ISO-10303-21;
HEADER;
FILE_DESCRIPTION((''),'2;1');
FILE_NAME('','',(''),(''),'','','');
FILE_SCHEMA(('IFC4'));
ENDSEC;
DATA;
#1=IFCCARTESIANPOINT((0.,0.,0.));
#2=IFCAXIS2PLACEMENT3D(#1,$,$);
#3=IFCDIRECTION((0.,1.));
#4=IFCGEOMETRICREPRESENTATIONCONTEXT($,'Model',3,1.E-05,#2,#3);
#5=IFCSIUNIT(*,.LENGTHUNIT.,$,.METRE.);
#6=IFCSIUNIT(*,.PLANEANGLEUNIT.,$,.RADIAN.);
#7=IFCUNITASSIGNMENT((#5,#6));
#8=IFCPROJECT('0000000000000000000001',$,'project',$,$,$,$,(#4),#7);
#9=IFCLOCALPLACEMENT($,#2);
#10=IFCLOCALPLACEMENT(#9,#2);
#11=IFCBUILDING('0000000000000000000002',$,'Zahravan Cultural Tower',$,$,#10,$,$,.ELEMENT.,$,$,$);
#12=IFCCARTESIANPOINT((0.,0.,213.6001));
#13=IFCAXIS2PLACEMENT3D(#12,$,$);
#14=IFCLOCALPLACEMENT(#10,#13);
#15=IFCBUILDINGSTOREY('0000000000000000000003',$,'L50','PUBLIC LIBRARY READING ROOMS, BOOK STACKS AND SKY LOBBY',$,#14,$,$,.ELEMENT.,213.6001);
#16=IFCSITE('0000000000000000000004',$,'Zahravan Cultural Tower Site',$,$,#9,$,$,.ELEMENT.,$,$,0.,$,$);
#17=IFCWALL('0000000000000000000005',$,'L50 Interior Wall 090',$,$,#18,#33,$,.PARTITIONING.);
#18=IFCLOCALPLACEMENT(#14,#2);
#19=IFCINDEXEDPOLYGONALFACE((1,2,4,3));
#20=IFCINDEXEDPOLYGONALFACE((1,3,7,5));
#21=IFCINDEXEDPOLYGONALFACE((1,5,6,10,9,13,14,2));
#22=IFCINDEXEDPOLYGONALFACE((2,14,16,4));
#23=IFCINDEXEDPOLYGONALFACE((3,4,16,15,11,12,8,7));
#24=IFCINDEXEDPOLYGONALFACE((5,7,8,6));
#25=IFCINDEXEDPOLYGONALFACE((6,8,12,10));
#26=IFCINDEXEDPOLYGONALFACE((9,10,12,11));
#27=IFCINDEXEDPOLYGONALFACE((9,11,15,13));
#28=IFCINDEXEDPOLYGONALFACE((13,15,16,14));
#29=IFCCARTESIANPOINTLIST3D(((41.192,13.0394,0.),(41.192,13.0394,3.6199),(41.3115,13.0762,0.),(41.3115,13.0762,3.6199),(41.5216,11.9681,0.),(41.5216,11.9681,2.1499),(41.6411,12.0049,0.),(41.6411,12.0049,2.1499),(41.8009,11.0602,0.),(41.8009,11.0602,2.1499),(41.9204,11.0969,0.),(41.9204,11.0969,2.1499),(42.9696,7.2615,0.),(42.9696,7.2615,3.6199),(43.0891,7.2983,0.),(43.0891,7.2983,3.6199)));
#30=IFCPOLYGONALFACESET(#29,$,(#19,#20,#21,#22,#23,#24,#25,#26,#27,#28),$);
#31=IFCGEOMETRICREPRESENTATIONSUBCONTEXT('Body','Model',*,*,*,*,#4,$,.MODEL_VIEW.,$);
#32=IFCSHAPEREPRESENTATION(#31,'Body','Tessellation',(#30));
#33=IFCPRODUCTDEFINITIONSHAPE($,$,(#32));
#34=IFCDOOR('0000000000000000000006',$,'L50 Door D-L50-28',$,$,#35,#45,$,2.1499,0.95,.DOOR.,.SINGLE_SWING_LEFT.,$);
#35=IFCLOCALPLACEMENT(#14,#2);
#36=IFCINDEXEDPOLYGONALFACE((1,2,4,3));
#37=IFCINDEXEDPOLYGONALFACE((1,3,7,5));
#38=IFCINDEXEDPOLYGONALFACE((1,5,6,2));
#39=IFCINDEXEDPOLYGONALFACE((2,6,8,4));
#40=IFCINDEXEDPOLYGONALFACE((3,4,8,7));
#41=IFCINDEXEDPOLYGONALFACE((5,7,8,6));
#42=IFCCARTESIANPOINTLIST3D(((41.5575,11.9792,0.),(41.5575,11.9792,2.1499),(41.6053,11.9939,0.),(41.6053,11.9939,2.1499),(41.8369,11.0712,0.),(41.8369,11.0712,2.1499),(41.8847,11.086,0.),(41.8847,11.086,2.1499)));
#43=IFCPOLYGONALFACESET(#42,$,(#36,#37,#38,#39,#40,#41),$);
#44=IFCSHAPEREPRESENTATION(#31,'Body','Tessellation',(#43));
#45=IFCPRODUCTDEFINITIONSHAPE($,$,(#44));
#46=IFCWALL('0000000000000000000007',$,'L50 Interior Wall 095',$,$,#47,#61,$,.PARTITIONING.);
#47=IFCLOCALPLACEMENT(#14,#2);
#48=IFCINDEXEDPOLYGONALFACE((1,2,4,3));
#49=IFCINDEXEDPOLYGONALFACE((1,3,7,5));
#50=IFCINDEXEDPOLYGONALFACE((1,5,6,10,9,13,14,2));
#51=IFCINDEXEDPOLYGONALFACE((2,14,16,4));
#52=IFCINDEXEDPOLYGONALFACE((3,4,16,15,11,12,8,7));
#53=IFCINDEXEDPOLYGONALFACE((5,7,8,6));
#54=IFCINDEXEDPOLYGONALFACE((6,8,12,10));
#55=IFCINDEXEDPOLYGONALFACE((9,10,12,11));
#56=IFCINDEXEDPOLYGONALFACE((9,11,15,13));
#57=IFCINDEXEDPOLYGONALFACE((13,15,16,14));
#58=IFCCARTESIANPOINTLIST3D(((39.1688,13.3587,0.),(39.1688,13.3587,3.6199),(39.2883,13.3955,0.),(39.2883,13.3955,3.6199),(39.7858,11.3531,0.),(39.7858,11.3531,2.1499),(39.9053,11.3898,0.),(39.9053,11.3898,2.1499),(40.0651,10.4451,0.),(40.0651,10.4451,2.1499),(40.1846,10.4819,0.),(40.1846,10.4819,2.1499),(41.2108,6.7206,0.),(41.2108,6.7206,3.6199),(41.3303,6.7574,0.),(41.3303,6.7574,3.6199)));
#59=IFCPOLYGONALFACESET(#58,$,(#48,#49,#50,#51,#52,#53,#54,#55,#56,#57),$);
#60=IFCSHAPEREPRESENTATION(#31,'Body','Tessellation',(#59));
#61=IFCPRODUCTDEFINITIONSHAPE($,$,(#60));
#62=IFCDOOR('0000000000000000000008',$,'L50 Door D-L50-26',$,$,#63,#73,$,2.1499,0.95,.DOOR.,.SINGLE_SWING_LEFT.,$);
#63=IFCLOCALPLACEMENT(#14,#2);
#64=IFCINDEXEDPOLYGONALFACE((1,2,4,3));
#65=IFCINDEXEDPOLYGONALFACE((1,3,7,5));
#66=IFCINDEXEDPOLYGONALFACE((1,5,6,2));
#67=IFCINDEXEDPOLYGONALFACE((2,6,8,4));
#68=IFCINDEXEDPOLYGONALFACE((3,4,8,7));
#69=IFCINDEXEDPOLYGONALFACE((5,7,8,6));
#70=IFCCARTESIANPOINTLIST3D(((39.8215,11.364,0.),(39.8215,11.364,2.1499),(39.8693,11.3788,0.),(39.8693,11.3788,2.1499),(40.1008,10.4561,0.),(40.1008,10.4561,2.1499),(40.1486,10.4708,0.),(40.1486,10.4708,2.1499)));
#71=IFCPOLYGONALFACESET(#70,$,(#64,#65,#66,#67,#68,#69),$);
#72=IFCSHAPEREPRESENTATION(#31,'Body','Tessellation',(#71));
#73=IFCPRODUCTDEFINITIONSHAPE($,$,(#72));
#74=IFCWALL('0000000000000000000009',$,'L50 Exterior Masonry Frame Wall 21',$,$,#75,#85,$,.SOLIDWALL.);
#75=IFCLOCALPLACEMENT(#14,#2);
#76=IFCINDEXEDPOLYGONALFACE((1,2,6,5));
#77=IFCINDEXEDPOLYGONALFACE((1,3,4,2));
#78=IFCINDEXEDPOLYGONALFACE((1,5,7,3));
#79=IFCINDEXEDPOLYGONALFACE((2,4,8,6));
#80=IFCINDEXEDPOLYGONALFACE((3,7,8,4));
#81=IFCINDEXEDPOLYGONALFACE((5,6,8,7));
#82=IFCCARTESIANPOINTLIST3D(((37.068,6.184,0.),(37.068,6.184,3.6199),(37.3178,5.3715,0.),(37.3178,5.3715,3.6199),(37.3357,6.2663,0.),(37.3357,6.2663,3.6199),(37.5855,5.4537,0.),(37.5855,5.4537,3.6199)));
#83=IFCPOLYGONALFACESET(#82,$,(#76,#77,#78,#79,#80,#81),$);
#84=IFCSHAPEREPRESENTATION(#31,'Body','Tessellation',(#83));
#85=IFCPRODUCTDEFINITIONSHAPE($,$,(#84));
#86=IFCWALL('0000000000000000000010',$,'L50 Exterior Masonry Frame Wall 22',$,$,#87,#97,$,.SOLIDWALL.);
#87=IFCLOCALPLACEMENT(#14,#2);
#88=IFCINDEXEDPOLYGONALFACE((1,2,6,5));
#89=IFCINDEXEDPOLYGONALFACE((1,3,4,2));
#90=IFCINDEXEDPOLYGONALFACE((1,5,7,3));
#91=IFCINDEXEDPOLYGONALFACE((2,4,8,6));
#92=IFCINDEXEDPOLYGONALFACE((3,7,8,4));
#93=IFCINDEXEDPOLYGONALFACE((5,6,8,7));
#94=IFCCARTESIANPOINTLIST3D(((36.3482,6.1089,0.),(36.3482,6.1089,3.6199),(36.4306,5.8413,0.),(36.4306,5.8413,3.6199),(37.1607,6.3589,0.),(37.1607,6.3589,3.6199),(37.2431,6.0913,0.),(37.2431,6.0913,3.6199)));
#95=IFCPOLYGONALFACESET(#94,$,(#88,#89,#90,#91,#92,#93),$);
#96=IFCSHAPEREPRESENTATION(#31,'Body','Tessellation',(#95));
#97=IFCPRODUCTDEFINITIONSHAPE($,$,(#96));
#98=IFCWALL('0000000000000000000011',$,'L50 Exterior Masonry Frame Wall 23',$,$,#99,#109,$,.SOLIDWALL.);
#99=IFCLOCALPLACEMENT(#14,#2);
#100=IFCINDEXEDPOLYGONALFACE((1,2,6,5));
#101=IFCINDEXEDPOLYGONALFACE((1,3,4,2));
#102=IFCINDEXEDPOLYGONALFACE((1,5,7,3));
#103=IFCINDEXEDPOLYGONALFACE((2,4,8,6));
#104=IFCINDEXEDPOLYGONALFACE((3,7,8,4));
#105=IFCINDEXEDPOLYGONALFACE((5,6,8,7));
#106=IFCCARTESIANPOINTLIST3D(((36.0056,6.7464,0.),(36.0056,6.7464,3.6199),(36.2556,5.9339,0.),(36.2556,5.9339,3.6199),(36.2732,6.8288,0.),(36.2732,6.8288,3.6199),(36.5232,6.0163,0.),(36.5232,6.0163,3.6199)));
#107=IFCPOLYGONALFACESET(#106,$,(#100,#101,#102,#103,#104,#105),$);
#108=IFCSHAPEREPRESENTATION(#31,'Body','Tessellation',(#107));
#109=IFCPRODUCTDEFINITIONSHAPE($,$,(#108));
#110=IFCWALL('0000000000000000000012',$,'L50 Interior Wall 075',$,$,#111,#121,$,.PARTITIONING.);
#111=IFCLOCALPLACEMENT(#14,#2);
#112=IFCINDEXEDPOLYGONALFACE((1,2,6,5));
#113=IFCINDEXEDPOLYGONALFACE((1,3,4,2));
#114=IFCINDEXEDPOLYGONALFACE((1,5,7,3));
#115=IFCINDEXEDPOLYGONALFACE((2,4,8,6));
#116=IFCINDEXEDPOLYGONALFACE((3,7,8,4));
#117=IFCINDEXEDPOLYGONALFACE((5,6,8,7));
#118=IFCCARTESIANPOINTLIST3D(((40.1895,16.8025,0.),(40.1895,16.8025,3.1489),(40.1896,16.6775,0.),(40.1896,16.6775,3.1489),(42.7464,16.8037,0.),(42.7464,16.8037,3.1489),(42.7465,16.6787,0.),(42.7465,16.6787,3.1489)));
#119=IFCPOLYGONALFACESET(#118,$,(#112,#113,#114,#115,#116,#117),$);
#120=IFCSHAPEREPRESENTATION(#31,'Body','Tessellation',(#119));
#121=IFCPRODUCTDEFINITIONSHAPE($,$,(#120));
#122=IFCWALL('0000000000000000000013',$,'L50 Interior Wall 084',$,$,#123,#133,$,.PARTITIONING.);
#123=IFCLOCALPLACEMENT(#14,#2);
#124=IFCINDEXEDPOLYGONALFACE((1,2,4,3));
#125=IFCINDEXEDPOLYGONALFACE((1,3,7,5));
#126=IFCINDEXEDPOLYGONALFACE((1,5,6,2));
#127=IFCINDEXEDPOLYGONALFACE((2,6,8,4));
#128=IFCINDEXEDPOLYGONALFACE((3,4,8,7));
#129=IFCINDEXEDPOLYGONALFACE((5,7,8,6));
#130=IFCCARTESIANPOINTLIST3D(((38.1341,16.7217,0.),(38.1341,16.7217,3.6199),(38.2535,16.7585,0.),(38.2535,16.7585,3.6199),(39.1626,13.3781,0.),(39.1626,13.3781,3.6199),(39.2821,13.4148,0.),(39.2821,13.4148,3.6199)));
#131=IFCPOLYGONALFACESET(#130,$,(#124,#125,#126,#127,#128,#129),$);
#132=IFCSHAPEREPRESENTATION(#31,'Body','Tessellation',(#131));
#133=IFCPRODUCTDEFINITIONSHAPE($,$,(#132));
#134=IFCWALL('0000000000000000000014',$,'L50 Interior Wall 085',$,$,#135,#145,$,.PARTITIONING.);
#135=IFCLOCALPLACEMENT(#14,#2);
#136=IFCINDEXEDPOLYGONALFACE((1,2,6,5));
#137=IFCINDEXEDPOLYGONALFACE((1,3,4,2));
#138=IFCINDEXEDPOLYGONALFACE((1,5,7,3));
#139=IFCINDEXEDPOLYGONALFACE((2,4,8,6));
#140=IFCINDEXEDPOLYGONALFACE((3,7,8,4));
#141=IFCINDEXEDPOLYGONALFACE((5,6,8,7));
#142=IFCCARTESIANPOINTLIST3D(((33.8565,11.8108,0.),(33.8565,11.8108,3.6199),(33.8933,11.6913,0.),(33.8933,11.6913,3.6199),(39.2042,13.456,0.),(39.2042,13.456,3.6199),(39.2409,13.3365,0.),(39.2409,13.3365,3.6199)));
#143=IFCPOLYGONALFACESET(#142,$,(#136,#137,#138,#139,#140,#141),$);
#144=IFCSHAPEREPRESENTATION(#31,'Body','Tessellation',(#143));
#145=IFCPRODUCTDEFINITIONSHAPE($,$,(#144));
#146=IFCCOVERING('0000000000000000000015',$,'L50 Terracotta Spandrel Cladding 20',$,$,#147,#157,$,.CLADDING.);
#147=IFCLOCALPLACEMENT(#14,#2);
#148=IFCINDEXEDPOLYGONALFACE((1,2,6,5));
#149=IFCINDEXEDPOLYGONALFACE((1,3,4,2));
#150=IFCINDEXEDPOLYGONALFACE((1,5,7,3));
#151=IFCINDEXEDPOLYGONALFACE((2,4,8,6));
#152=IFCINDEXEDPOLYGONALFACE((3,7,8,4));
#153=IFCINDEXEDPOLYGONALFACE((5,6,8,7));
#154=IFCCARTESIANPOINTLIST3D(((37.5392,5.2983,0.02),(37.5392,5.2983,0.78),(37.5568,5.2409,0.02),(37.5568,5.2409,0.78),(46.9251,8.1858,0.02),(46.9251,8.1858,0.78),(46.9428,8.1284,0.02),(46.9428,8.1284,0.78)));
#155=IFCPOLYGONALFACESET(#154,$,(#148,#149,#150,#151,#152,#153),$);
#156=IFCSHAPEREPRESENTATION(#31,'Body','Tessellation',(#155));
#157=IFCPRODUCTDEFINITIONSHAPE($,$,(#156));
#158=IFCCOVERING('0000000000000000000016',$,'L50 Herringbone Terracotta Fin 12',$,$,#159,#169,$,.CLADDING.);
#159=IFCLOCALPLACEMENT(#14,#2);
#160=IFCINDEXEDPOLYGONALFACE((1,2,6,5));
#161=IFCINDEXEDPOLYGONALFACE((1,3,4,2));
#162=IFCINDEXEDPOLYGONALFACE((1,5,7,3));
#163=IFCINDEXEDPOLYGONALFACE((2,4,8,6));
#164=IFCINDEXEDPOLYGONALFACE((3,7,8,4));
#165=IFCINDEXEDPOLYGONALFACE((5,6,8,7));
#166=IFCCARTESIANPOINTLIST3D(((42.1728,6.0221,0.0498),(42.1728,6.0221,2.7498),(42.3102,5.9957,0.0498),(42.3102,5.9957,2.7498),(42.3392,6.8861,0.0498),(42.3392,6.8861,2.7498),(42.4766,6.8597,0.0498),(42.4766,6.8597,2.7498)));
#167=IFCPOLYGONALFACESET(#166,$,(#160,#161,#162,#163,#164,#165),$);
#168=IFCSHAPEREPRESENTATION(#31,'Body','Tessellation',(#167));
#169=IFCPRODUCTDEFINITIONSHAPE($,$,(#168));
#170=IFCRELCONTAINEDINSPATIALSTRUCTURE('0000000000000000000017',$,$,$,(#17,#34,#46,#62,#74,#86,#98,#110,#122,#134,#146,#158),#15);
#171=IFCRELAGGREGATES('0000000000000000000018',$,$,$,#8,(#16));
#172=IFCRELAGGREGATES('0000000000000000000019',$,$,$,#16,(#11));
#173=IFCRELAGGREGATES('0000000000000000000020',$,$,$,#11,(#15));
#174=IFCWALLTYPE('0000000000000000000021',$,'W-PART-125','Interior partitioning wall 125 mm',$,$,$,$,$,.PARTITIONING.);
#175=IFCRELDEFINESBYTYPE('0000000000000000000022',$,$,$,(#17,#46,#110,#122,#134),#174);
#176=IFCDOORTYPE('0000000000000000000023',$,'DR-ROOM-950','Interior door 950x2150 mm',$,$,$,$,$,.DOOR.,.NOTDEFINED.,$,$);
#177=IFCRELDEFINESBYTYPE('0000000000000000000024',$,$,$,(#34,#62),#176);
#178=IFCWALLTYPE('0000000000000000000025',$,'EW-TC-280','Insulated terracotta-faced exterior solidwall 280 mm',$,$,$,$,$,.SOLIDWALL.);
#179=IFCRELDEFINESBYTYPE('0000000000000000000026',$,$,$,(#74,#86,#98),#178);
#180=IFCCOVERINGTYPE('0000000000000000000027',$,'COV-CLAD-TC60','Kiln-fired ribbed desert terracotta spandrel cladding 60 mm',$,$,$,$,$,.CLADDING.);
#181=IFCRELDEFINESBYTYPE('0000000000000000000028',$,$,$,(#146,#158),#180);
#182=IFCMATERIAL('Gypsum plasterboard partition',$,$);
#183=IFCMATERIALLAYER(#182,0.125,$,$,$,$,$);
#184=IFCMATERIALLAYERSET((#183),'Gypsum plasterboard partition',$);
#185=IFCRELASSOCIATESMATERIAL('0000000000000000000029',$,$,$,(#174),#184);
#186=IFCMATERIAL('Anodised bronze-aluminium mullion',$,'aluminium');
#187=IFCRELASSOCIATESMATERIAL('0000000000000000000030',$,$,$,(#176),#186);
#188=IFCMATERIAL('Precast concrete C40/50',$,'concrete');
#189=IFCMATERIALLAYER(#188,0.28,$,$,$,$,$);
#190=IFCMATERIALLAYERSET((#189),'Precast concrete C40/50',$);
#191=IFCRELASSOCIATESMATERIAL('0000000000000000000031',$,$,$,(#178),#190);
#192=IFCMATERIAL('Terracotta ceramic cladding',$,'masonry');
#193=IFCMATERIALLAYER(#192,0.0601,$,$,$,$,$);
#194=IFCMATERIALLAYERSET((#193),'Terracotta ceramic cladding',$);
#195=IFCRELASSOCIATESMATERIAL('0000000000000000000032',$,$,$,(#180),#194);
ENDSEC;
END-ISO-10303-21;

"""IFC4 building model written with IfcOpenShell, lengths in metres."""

from ifc_helpers import new_model, si_unit, direction, frame, frame_2d, origin, origin_2d, place, context, subcontext, project, spatial, rectangle, extrude, source, transform, mapped, material, layer, layer_set, type_object, element, fill, save


model = new_model("IFC4")

# Units and contexts
model_context = context("Model", 3, precision=1e-05, world=origin(), true_north=direction((0.0, 1.0)))
body_context = subcontext(model_context, "Body", "Model", "MODEL_VIEW")
ifc_project = project(units=[si_unit("LENGTHUNIT", "METRE"), si_unit("PLANEANGLEUNIT", "RADIAN")], contexts=[model_context])

# Site, building, storey
site_placement = place(None, origin())
site = spatial("IfcSite", under=ifc_project, at=site_placement, Name="Zahravan Cultural Tower Site", CompositionType="ELEMENT", RefElevation=0.0)
building_placement = place(site_placement, origin())
building = spatial("IfcBuilding", under=site, at=building_placement, Name="Zahravan Cultural Tower", CompositionType="ELEMENT")
storey_placement = place(building_placement, frame((0.0, 0.0, 213.6001)))
storey = spatial("IfcBuildingStorey", under=building, at=storey_placement, Name="L50", Description="PUBLIC LIBRARY READING ROOMS, BOOK STACKS AND SKY LOBBY", CompositionType="ELEMENT", Elevation=213.6001)

# Walls, openings, doors
ifc_material_1 = material(Name="Gypsum plasterboard partition")
ifc_layer_1 = layer(ifc_material_1, 0.125)
ifc_layer_set_1 = layer_set([ifc_layer_1], Name="Gypsum plasterboard partition")
wall_type_1 = type_object("IfcWallType", Name="W-PART-125", Description="Interior partitioning wall 125 mm", PredefinedType="PARTITIONING", material=ifc_layer_set_1)
ifc_material_2 = material(Name="Anodised bronze-aluminium mullion", Category="aluminium")
door_type_1 = type_object("IfcDoorType", Name="DR-ROOM-950", Description="Interior door 950x2150 mm", OperationType="NOTDEFINED", PredefinedType="DOOR", material=ifc_material_2)
shared_shape_1 = source(origin(), body_context, "Body", "SweptSolid", [
    extrude(rectangle(XDim=0.95, YDim=2.1499, at=frame_2d((0.4751, 1.075))), frame((0.0, 0.0249, 0.0), z_axis=(0.0, -1.0, 0.0), x_axis=(1.0, 0.0, 0.0)), (0.0, 0.0, 1.0), 0.05),
])
wall_1_placement = place(storey_placement, frame((43.0293, 7.28, 0.0), z_axis=(0.0, 0.0, 1.0), x_axis=(-0.294055, 0.955789, 0.0)))
wall_1 = element("IfcWall", 1, at=wall_1_placement, inside=storey, type_object=wall_type_1, Name="L50 Interior Wall 090", PredefinedType="PARTITIONING", context=body_context, shape_type="SweptSolid", body=[
    extrude(rectangle(XDim=6.0452, YDim=0.125, at=frame_2d((3.0225, 0.0))), origin(), (0.0, 0.0, 1.0), 3.6199),
])
opening_1_placement = place(wall_1_placement, frame((3.9741, 0.0, 0.0)))
opening_1 = element("IfcOpeningElement", 2, at=opening_1_placement, cuts=wall_1, PredefinedType="OPENING", context=body_context, shape_type="SweptSolid", body=[
    extrude(rectangle(XDim=0.95, YDim=2.1499, at=frame_2d((0.4751, 1.075))), frame((0.0, 0.0725, 0.0), z_axis=(0.0, -1.0, 0.0), x_axis=(1.0, 0.0, 0.0)), (0.0, 0.0, 1.0), 0.145),
])
door_1_placement = place(opening_1_placement, origin())
door_1 = element("IfcDoor", 3, at=door_1_placement, inside=storey, type_object=door_type_1, Name="L50 Door D-L50-28", OperationType="SINGLE_SWING_LEFT", OverallHeight=2.1499, OverallWidth=0.95, PredefinedType="DOOR", context=body_context, shape_type="MappedRepresentation", body=[
    mapped(shared_shape_1, transform((0.0, 0.0, 0.0), x_axis=(1.0, 0.0, 0.0), y_axis=(0.0, 1.0, 0.0), z_axis=(0.0, 0.0, 1.0), scale=1.0)),
])
fill(opening_1, door_1)
wall_2_placement = place(storey_placement, frame((39.2285, 13.3772, 0.0), z_axis=(0.0, 0.0, 1.0), x_axis=(0.294017, -0.9558, 0.0)))
wall_2 = element("IfcWall", 4, at=wall_2_placement, inside=storey, type_object=wall_type_1, Name="L50 Interior Wall 095", PredefinedType="PARTITIONING", context=body_context, shape_type="SweptSolid", body=[
    extrude(rectangle(XDim=6.9451, YDim=0.125, at=frame_2d((3.4727, 0.0))), origin(), (0.0, 0.0, 1.0), 3.6199),
])
opening_2_placement = place(wall_2_placement, frame((2.0984, 0.0, 0.0)))
opening_2 = element("IfcOpeningElement", 5, at=opening_2_placement, cuts=wall_2, PredefinedType="OPENING", context=body_context, shape_type="SweptSolid", body=[
    extrude(rectangle(XDim=0.95, YDim=2.1499, at=frame_2d((0.4751, 1.075))), frame((0.0, 0.0725, 0.0), z_axis=(0.0, -1.0, 0.0), x_axis=(1.0, 0.0, 0.0)), (0.0, 0.0, 1.0), 0.145),
])
door_2_placement = place(opening_2_placement, origin())
door_2 = element("IfcDoor", 6, at=door_2_placement, inside=storey, type_object=door_type_1, Name="L50 Door D-L50-26", OperationType="SINGLE_SWING_LEFT", OverallHeight=2.1499, OverallWidth=0.95, PredefinedType="DOOR", context=body_context, shape_type="MappedRepresentation", body=[
    mapped(shared_shape_1, transform((0.0, 0.0, 0.0), x_axis=(1.0, 0.0, 0.0), y_axis=(0.0, 1.0, 0.0), z_axis=(0.0, 0.0, 1.0), scale=1.0)),
])
fill(opening_2, door_2)

# Walls
ifc_material_3 = material(Name="Precast concrete C40/50", Category="concrete")
ifc_layer_2 = layer(ifc_material_3, 0.28)
ifc_layer_set_2 = layer_set([ifc_layer_2], Name="Precast concrete C40/50")
wall_type_2 = type_object("IfcWallType", Name="EW-TC-280", Description="Insulated terracotta-faced exterior solidwall 280 mm", PredefinedType="SOLIDWALL", material=ifc_layer_set_2)
shared_shape_2 = source(origin(), body_context, "Body", "SweptSolid", [
    extrude(rectangle(XDim=0.8501, YDim=0.28, at=frame_2d((0.425, 0.0))), origin(), (0.0, 0.0, 1.0), 3.6199),
])
for number, where, z_axis, x_axis, name in (
    (7, (37.4517, 5.4126, 0.0), (0.0, 0.0, 1.0), (-0.293823, 0.95586, 0.0), "L50 Exterior Masonry Frame Wall 21"),
    (8, (37.2019, 6.2251, 0.0), (0.0, 0.0, 1.0), (-0.955779, -0.294086, 0.0), "L50 Exterior Masonry Frame Wall 22"),
    (9, (36.3894, 5.9751, 0.0), (0.0, 0.0, 1.0), (-0.294086, 0.955779, 0.0), "L50 Exterior Masonry Frame Wall 23"),
):
    element("IfcWall", number, at=place(storey_placement, frame(where, z_axis=z_axis, x_axis=x_axis)), inside=storey, type_object=wall_type_2, Name=name, PredefinedType="SOLIDWALL", context=body_context, shape_type="MappedRepresentation", body=[
        mapped(shared_shape_2, transform((0.0, 0.0, 0.0), x_axis=(1.0, 0.0, 0.0), y_axis=(0.0, 1.0, 0.0), z_axis=(0.0, 0.0, 1.0), scale=1.0)),
    ])
shared_shape_3 = source(origin(), body_context, "Body", "SweptSolid", [
    extrude(rectangle(XDim=2.5569, YDim=0.125, at=frame_2d((1.2783, 0.0))), origin(), (0.0, 0.0, 1.0), 3.1489),
])
wall_3_placement = place(storey_placement, frame((40.1897, 16.74, 0.0), z_axis=(0.0, 0.0, 1.0), x_axis=(1.0, 0.000477, 0.0)))
element("IfcWall", 10, at=wall_3_placement, inside=storey, type_object=wall_type_1, Name="L50 Interior Wall 075", PredefinedType="PARTITIONING", context=body_context, shape_type="MappedRepresentation", body=[
    mapped(shared_shape_3, transform((0.0, 0.0, 0.0), x_axis=(1.0, 0.0, 0.0), y_axis=(0.0, 1.0, 0.0), z_axis=(0.0, 0.0, 1.0), scale=1.0)),
])
shared_shape_4 = source(origin(), body_context, "Body", "SweptSolid", [
    extrude(rectangle(XDim=3.4983, YDim=0.125, at=frame_2d((1.749, 0.0))), origin(), (0.0, 0.0, 1.0), 3.6199),
])
wall_4_placement = place(storey_placement, frame((38.1938, 16.74, 0.0), z_axis=(0.0, 0.0, 1.0), x_axis=(0.294012, -0.955802, 0.0)))
element("IfcWall", 11, at=wall_4_placement, inside=storey, type_object=wall_type_1, Name="L50 Interior Wall 084", PredefinedType="PARTITIONING", context=body_context, shape_type="MappedRepresentation", body=[
    mapped(shared_shape_4, transform((0.0, 0.0, 0.0), x_axis=(1.0, 0.0, 0.0), y_axis=(0.0, 1.0, 0.0), z_axis=(0.0, 0.0, 1.0), scale=1.0)),
])
shared_shape_5 = source(origin(), body_context, "Body", "SweptSolid", [
    extrude(rectangle(XDim=5.595, YDim=0.125, at=frame_2d((2.7974, 0.0))), origin(), (0.0, 0.0, 1.0), 3.6199),
])
wall_5_placement = place(storey_placement, frame((39.2224, 13.3962, 0.0), z_axis=(0.0, 0.0, 1.0), x_axis=(-0.955787, -0.294058, 0.0)))
element("IfcWall", 12, at=wall_5_placement, inside=storey, type_object=wall_type_1, Name="L50 Interior Wall 085", PredefinedType="PARTITIONING", context=body_context, shape_type="MappedRepresentation", body=[
    mapped(shared_shape_5, transform((0.0, 0.0, 0.0), x_axis=(1.0, 0.0, 0.0), y_axis=(0.0, 1.0, 0.0), z_axis=(0.0, 0.0, 1.0), scale=1.0)),
])

# Coverings
ifc_material_4 = material(Name="Terracotta ceramic cladding", Category="masonry")
ifc_layer_3 = layer(ifc_material_4, 0.0601)
ifc_layer_set_3 = layer_set([ifc_layer_3], Name="Terracotta ceramic cladding")
covering_type = type_object("IfcCoveringType", Name="COV-CLAD-TC60", Description="Kiln-fired ribbed desert terracotta spandrel cladding 60 mm", PredefinedType="CLADDING", material=ifc_layer_set_3)
shared_shape_6 = source(origin(), body_context, "Body", "SweptSolid", [
    extrude(rectangle(XDim=9.8201, YDim=0.0601, at=origin_2d()), origin(), (0.0, 0.0, 1.0), 0.76),
])
covering_placement = place(storey_placement, frame((42.241, 6.7134, 0.02), z_axis=(0.0, 0.0, 1.0), x_axis=(-0.955793, -0.29404, 0.0)))
element("IfcCovering", 13, at=covering_placement, inside=storey, type_object=covering_type, Name="L50 Terracotta Spandrel Cladding 20", PredefinedType="CLADDING", context=body_context, shape_type="MappedRepresentation", body=[
    mapped(shared_shape_6, transform((0.0, 0.0, 0.0), x_axis=(1.0, 0.0, 0.0), y_axis=(0.0, 1.0, 0.0), z_axis=(0.0, 0.0, 1.0), scale=1.0)),
])
shared_shape_7 = source(origin(), body_context, "Body", "SweptSolid", [
    extrude(rectangle(XDim=0.8799, YDim=0.1399, at=origin_2d()), origin(), (0.0, 0.0, 1.0), 2.7),
])
for number, where, z_axis, x_axis, name in (
    (14, (42.3247, 6.4409, 0.0498), (0.0, 0.0, 1.0), (-0.189095, -0.981959, 0.0), "L50 Herringbone Terracotta Fin 12"),
):
    element("IfcCovering", number, at=place(storey_placement, frame(where, z_axis=z_axis, x_axis=x_axis)), inside=storey, type_object=covering_type, Name=name, PredefinedType="CLADDING", context=body_context, shape_type="MappedRepresentation", body=[
        mapped(shared_shape_7, transform((0.0, 0.0, 0.0), x_axis=(1.0, 0.0, 0.0), y_axis=(0.0, 1.0, 0.0), z_axis=(0.0, 0.0, 1.0), scale=1.0)),
    ])

save(model, "model.ifc")
